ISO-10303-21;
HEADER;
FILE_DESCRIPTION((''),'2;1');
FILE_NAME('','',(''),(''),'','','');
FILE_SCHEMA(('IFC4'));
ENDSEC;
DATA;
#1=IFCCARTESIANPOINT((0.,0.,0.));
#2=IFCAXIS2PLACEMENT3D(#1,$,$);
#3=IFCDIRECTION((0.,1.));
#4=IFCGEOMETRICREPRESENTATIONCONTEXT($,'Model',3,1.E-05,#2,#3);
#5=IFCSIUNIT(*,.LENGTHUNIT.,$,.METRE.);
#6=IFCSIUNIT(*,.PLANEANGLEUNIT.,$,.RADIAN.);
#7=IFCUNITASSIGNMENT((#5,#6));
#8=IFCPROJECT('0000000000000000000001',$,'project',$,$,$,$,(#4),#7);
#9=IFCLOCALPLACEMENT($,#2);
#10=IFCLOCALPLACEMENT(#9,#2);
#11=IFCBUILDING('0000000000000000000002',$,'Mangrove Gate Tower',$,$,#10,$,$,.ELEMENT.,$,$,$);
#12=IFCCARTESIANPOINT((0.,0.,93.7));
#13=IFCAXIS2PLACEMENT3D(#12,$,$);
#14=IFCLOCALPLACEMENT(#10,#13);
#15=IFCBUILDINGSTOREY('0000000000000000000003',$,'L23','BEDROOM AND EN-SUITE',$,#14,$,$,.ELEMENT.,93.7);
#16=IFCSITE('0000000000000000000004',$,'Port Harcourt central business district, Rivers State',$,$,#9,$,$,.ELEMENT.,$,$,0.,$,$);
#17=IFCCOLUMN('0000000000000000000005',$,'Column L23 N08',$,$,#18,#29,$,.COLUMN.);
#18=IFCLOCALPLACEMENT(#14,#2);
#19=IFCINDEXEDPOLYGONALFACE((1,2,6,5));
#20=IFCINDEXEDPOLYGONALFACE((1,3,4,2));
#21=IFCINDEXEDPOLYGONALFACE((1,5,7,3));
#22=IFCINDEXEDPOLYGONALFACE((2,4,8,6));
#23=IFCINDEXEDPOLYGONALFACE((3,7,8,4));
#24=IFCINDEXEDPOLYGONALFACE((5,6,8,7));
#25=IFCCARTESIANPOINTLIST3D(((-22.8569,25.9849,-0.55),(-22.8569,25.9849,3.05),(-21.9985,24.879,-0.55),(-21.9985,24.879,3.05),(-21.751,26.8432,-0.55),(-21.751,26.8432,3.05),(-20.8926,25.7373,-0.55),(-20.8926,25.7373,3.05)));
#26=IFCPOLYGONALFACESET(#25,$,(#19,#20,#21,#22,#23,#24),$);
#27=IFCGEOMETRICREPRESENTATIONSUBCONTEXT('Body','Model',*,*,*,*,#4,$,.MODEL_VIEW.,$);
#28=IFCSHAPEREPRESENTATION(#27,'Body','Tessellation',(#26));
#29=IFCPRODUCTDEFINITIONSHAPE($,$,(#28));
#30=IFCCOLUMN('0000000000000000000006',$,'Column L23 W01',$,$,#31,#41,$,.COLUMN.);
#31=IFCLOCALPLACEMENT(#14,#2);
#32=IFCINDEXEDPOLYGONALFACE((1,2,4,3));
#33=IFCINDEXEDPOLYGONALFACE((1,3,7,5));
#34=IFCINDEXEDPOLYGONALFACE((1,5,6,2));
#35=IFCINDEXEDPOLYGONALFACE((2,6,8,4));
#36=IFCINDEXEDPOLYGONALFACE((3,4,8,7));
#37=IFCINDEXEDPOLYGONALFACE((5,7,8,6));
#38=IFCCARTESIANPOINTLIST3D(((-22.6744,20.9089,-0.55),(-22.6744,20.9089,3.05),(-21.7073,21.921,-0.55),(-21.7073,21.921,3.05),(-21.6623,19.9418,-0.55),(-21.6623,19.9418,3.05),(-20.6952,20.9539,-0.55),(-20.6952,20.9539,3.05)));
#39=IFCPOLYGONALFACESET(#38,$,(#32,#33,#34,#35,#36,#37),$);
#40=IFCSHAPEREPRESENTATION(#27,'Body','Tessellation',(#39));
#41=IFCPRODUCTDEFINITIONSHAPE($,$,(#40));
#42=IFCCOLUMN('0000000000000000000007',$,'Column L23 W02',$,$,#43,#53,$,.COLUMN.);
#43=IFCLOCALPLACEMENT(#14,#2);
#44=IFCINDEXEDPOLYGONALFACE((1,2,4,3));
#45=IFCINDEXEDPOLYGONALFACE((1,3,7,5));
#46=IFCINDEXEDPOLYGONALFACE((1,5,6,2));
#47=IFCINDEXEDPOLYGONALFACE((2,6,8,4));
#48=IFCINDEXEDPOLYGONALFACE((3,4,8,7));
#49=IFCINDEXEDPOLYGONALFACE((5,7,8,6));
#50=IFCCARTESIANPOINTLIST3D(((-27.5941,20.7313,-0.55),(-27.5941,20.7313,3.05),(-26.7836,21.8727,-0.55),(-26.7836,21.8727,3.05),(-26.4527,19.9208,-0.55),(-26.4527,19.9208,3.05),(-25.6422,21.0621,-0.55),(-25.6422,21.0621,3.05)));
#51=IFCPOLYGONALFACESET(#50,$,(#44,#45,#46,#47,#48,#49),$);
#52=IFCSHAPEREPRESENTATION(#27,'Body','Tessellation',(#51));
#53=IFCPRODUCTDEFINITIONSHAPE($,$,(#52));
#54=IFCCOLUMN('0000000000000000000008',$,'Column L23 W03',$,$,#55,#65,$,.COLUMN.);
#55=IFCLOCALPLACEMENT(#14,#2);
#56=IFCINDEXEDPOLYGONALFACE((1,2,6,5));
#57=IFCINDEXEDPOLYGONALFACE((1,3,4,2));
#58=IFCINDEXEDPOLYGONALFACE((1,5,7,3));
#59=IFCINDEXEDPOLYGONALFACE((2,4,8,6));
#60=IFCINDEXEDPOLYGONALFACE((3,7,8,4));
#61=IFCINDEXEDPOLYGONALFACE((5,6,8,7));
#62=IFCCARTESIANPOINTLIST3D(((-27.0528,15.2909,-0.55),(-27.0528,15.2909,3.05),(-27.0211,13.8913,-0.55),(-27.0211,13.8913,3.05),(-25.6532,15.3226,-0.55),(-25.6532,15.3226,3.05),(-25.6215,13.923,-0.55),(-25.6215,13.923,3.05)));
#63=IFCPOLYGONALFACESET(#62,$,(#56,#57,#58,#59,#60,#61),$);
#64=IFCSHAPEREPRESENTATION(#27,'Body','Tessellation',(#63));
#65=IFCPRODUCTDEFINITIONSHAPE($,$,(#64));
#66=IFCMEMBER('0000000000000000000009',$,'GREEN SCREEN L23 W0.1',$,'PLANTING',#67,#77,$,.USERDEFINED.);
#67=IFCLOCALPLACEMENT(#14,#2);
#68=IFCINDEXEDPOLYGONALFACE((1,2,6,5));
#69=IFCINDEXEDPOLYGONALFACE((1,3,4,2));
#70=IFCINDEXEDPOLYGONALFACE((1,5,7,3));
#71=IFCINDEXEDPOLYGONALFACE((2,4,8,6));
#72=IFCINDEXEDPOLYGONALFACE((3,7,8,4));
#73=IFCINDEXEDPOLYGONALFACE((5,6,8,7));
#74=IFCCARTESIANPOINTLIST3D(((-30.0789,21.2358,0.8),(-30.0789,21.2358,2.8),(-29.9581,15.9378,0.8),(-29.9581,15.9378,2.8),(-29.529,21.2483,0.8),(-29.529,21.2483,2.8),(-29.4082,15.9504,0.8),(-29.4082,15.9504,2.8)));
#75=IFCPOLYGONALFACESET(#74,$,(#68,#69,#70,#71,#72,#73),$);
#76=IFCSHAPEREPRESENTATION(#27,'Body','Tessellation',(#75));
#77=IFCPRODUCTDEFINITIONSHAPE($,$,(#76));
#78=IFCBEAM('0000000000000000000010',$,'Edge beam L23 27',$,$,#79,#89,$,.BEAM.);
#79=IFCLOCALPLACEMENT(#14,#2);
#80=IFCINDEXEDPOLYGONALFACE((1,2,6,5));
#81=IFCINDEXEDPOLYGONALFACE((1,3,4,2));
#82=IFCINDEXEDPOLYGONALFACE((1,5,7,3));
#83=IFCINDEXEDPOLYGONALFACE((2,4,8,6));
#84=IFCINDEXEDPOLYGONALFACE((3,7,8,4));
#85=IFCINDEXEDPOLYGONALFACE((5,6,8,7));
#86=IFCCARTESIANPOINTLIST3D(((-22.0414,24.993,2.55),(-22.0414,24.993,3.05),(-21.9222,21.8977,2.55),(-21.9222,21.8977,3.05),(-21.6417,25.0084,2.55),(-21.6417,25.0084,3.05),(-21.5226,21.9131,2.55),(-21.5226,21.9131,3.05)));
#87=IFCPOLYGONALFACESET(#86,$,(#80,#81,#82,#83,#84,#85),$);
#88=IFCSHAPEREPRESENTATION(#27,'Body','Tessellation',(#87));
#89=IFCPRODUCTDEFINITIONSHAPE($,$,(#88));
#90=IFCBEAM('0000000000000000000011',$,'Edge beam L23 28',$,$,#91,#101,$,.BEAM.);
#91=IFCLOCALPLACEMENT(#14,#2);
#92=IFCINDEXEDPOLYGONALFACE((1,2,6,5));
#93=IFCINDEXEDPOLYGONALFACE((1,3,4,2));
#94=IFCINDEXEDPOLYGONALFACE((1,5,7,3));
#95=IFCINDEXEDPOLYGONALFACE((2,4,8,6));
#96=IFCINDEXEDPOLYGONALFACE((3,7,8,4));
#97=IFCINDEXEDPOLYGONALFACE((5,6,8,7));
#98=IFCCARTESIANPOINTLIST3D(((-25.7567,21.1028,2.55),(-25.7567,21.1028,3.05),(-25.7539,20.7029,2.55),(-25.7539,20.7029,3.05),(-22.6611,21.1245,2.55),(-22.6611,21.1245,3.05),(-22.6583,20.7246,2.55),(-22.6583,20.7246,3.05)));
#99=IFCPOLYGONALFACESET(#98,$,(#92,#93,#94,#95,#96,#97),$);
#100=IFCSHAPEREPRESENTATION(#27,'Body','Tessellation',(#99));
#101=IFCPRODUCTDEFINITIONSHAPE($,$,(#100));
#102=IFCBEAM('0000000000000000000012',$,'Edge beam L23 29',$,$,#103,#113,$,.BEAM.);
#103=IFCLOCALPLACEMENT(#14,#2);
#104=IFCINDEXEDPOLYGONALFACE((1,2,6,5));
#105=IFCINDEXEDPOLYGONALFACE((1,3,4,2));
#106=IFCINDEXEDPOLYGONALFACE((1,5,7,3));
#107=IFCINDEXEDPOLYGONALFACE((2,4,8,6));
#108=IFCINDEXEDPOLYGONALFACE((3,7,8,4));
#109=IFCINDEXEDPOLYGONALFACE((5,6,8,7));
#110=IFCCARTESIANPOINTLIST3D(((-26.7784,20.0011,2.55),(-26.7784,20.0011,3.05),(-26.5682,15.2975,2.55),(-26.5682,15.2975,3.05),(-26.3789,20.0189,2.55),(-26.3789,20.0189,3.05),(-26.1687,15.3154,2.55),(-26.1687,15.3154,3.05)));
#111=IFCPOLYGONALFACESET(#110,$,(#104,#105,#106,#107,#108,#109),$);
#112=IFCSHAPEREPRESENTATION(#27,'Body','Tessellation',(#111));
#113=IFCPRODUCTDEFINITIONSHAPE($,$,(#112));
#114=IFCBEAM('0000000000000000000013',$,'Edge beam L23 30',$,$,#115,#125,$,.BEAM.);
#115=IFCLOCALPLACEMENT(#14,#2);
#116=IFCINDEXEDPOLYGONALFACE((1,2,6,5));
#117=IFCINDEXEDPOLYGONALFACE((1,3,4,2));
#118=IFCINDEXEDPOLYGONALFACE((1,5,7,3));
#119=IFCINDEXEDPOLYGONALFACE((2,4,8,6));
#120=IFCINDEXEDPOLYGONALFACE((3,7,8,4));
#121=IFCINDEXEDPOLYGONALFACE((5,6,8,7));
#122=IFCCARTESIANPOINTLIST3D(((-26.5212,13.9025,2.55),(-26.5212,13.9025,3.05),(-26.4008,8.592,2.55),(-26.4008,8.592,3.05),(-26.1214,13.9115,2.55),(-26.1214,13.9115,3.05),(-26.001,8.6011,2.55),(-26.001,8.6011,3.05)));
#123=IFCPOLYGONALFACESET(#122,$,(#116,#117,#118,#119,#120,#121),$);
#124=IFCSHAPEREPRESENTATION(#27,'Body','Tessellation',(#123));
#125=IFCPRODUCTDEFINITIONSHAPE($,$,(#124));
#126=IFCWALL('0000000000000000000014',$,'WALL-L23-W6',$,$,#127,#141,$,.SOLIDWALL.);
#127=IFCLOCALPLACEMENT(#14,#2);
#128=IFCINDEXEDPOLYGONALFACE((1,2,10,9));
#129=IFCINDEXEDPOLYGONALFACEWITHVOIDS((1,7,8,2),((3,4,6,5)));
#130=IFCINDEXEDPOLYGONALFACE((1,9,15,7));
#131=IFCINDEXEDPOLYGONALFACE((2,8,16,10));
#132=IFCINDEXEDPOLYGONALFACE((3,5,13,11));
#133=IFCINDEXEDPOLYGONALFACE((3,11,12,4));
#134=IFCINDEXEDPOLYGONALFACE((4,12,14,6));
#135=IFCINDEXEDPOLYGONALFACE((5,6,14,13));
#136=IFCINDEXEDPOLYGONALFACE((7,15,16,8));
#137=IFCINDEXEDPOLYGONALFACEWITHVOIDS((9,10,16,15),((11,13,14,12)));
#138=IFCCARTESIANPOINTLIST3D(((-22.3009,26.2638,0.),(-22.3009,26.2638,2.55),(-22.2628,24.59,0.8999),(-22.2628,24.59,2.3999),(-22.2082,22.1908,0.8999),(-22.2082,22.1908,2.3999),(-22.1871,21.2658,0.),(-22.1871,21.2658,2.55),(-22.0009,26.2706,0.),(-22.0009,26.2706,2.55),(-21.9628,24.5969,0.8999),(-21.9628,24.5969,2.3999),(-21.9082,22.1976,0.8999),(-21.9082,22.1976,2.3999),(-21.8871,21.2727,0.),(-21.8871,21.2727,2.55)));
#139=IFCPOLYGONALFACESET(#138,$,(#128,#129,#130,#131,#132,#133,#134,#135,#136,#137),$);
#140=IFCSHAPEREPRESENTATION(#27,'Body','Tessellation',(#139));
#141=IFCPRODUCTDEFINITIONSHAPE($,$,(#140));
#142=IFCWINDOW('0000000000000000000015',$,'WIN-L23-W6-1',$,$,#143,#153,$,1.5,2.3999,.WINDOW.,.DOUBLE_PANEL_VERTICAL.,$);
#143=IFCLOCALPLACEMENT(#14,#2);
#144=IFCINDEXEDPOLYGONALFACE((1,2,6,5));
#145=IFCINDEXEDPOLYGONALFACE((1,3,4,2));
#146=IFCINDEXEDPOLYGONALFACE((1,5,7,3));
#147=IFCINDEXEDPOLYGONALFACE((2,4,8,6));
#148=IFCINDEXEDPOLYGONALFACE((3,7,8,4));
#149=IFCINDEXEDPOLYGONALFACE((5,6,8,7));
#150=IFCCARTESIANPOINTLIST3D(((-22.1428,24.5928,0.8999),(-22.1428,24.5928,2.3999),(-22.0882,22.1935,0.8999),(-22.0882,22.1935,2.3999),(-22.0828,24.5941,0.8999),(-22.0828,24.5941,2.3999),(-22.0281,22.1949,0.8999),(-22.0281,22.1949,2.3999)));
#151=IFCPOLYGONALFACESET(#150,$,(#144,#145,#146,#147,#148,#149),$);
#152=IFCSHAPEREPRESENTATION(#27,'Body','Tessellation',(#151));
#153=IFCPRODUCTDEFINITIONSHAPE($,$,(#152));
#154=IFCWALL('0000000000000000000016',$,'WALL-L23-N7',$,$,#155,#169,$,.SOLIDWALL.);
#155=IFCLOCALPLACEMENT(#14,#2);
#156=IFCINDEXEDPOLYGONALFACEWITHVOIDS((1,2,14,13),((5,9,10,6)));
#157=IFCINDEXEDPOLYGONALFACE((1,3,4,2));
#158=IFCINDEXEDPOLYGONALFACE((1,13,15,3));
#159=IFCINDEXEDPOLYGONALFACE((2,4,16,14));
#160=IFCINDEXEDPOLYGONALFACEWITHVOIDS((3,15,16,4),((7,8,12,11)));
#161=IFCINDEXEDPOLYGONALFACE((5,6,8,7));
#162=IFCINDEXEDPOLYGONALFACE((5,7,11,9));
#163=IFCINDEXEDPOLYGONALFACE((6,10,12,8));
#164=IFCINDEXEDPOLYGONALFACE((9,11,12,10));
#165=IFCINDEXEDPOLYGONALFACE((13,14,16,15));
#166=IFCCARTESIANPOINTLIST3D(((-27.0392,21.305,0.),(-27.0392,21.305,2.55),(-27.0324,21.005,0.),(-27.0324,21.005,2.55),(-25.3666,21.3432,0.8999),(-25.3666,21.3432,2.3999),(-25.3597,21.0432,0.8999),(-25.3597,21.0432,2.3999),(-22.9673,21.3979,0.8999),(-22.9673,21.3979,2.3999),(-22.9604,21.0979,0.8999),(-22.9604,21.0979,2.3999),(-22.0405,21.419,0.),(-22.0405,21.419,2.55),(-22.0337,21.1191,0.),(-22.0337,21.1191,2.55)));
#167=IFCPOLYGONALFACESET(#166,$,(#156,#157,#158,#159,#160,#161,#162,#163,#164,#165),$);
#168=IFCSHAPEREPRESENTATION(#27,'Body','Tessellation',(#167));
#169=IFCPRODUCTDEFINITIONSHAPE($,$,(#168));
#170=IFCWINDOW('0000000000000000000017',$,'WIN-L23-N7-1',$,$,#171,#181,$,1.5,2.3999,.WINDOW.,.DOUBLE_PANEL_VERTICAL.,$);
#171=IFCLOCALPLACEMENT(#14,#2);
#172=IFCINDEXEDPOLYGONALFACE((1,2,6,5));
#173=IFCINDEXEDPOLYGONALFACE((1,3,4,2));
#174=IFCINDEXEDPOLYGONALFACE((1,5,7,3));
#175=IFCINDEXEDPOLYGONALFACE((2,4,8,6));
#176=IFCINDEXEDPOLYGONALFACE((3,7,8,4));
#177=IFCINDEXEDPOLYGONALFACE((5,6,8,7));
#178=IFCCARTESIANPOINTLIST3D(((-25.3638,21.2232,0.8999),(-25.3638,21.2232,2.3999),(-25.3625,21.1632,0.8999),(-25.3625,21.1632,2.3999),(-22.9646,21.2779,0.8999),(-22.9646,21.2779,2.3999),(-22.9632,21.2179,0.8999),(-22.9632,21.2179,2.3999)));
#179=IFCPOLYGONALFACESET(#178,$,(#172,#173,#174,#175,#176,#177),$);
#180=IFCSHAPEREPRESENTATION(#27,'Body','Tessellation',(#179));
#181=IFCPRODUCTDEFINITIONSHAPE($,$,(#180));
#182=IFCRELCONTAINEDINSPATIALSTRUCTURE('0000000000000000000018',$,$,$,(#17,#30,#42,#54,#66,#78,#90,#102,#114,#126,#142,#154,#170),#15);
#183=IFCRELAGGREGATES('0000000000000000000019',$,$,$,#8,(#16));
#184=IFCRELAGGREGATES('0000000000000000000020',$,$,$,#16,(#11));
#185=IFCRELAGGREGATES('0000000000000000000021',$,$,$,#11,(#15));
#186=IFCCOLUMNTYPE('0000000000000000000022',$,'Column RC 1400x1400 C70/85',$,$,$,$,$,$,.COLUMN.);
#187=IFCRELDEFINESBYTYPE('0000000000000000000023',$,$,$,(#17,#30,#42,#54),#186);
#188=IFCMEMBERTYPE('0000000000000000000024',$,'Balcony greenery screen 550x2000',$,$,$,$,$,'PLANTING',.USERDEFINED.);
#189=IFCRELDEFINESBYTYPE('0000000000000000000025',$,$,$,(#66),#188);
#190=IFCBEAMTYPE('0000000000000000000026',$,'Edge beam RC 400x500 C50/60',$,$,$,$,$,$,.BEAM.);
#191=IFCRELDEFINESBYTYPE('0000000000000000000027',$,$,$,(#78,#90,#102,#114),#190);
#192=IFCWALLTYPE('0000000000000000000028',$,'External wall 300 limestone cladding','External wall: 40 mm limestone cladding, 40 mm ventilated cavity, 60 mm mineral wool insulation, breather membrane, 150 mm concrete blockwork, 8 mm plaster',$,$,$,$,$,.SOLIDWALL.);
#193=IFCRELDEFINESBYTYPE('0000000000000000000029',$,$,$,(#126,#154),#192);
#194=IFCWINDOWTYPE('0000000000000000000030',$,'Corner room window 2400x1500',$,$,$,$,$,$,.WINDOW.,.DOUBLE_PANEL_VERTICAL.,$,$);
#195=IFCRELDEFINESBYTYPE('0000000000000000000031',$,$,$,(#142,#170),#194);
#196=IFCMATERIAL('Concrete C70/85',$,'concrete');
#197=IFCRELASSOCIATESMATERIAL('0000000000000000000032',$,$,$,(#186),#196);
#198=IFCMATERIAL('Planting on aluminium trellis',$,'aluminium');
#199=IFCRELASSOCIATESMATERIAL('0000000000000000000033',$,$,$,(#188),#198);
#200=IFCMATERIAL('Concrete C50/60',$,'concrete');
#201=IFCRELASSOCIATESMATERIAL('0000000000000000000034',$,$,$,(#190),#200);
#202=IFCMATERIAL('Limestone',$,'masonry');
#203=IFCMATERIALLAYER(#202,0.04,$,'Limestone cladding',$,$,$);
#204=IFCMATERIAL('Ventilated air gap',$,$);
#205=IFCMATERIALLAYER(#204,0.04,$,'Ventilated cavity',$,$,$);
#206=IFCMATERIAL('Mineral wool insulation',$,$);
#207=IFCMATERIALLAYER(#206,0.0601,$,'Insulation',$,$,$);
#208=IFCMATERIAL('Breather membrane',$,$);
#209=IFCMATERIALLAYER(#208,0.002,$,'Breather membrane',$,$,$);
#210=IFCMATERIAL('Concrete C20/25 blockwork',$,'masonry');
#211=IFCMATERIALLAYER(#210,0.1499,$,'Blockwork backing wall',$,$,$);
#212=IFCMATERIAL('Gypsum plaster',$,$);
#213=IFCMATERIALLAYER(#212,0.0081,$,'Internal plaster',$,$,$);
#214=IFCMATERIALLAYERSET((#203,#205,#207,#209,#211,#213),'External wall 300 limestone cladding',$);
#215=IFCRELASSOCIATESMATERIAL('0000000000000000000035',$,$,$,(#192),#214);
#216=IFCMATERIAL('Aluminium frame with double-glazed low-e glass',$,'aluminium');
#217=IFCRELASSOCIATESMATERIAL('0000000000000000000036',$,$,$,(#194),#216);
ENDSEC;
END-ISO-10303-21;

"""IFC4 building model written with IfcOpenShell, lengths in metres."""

from ifc_helpers import new_model, si_unit, direction, frame, frame_2d, origin, origin_2d, place, context, subcontext, project, spatial, rectangle, extrude, material, layer, layer_set, material_profile, profile_set, type_object, element, fill, save


model = new_model("IFC4")

# Units and contexts
model_context = context("Model", 3, precision=1e-05, world=origin(), true_north=direction((0.0, 1.0)))
body_context = subcontext(model_context, "Body", "Model", "MODEL_VIEW")
ifc_project = project(units=[si_unit("LENGTHUNIT", "METRE"), si_unit("PLANEANGLEUNIT", "RADIAN")], contexts=[model_context])

# Site, building, storey
site_placement = place(None, origin())
site = spatial("IfcSite", under=ifc_project, at=site_placement, Name="Port Harcourt central business district, Rivers State", CompositionType="ELEMENT", RefElevation=0.0)
building_placement = place(site_placement, origin())
building = spatial("IfcBuilding", under=site, at=building_placement, Name="Mangrove Gate Tower", CompositionType="ELEMENT")
storey_placement = place(building_placement, frame((0.0, 0.0, 93.7)))
storey = spatial("IfcBuildingStorey", under=building, at=storey_placement, Name="L23", Description="BEDROOM AND EN-SUITE", CompositionType="ELEMENT", Elevation=93.7)

# Columns
ifc_material_1 = material(Name="Concrete C70/85", Category="concrete")
ifc_material_profile_1 = material_profile(ifc_material_1, rectangle(XDim=1.3999, YDim=1.3999, at=origin_2d()))
ifc_profile_set_1 = profile_set([ifc_material_profile_1], Name="Concrete C70/85")
column_type = type_object("IfcColumnType", Name="Column RC 1400x1400 C70/85", PredefinedType="COLUMN", material=ifc_profile_set_1)
for number, where, z_axis, x_axis, name in (
    (1, (-21.8748, 25.8611, -0.55), (0.0, 0.0, 1.0), (-0.78998, -0.613133, 0.0), "Column L23 N08"),
    (2, (-21.6848, 20.9314, -0.55), (0.0, 0.0, 1.0), (-0.690873, -0.722977, 0.0), "Column L23 W01"),
    (3, (-26.6182, 20.8967, -0.55), (0.0, 0.0, 1.0), (-0.578998, -0.815329, 0.0), "Column L23 W02"),
    (4, (-26.3372, 14.6069, -0.55), (0.0, 0.0, 1.0), (0.022645, -0.999744, 0.0), "Column L23 W03"),
):
    element("IfcColumn", number, at=place(storey_placement, frame(where, z_axis=z_axis, x_axis=x_axis)), inside=storey, type_object=column_type, Name=name, PredefinedType="COLUMN", context=body_context, shape_type="SweptSolid", body=[
        extrude(rectangle(XDim=1.3999, YDim=1.3999, at=origin_2d()), origin(), (0.0, 0.0, 1.0), 3.6001),
    ])

# Member
ifc_material_2 = material(Name="Planting on aluminium trellis", Category="aluminium")
ifc_material_profile_2 = material_profile(ifc_material_2, rectangle(XDim=0.55, YDim=2.0, at=origin_2d()))
ifc_profile_set_2 = profile_set([ifc_material_profile_2], Name="Planting on aluminium trellis")
member_type = type_object("IfcMemberType", Name="Balcony greenery screen 550x2000", ElementType="PLANTING", PredefinedType="USERDEFINED", material=ifc_profile_set_2)
member_placement = place(storey_placement, frame((-29.6831, 15.9441, 1.8), z_axis=(-0.022805, 0.99974, 0.0), x_axis=(-0.99974, -0.022805, 0.0)))
element("IfcMember", 5, at=member_placement, inside=storey, type_object=member_type, Name="GREEN SCREEN L23 W0.1", ObjectType="PLANTING", PredefinedType="USERDEFINED", context=body_context, shape_type="SweptSolid", body=[
    extrude(rectangle(XDim=0.55, YDim=2.0, at=origin_2d()), origin(), (0.0, 0.0, 1.0), 5.2993),
])

# Beams
ifc_material_3 = material(Name="Concrete C50/60", Category="concrete")
ifc_material_profile_3 = material_profile(ifc_material_3, rectangle(XDim=0.3999, YDim=0.5, at=origin_2d()))
ifc_profile_set_3 = profile_set([ifc_material_profile_3], Name="Concrete C50/60")
beam_type = type_object("IfcBeamType", Name="Edge beam RC 400x500 C50/60", PredefinedType="BEAM", material=ifc_profile_set_3)
beam_1_placement = place(storey_placement, frame((-21.8416, 25.0007, 2.8), z_axis=(0.03846, -0.99926, 0.0), x_axis=(0.99926, 0.03846, 0.0)))
element("IfcBeam", 6, at=beam_1_placement, inside=storey, type_object=beam_type, Name="Edge beam L23 27", PredefinedType="BEAM", context=body_context, shape_type="SweptSolid", body=[
    extrude(rectangle(XDim=0.3999, YDim=0.5, at=origin_2d()), origin(), (0.0, 0.0, 1.0), 3.0977),
])
beam_2_placement = place(storey_placement, frame((-22.6597, 20.9246, 2.8), z_axis=(-0.999975, -0.007019, 0.0), x_axis=(0.007019, -0.999975, 0.0)))
element("IfcBeam", 7, at=beam_2_placement, inside=storey, type_object=beam_type, Name="Edge beam L23 28", PredefinedType="BEAM", context=body_context, shape_type="SweptSolid", body=[
    extrude(rectangle(XDim=0.3999, YDim=0.5, at=origin_2d()), origin(), (0.0, 0.0, 1.0), 3.0957),
])
beam_3_placement = place(storey_placement, frame((-26.5786, 20.01, 2.8), z_axis=(0.044646, -0.999003, 0.0), x_axis=(0.999003, 0.044646, 0.0)))
element("IfcBeam", 8, at=beam_3_placement, inside=storey, type_object=beam_type, Name="Edge beam L23 29", PredefinedType="BEAM", context=body_context, shape_type="SweptSolid", body=[
    extrude(rectangle(XDim=0.3999, YDim=0.5, at=origin_2d()), origin(), (0.0, 0.0, 1.0), 4.7083),
])
beam_4_placement = place(storey_placement, frame((-26.3213, 13.907, 2.8), z_axis=(0.02266, -0.999743, 0.0), x_axis=(0.999743, 0.02266, 0.0)))
element("IfcBeam", 9, at=beam_4_placement, inside=storey, type_object=beam_type, Name="Edge beam L23 30", PredefinedType="BEAM", context=body_context, shape_type="SweptSolid", body=[
    extrude(rectangle(XDim=0.3999, YDim=0.5, at=origin_2d()), origin(), (0.0, 0.0, 1.0), 5.3118),
])

# Walls, openings, windows
ifc_material_4 = material(Name="Limestone", Category="masonry")
ifc_layer_1 = layer(ifc_material_4, 0.04, Name="Limestone cladding")
ifc_material_5 = material(Name="Ventilated air gap")
ifc_layer_2 = layer(ifc_material_5, 0.04, Name="Ventilated cavity")
ifc_material_6 = material(Name="Mineral wool insulation")
ifc_layer_3 = layer(ifc_material_6, 0.0601, Name="Insulation")
ifc_material_7 = material(Name="Breather membrane")
ifc_layer_4 = layer(ifc_material_7, 0.002, Name="Breather membrane")
ifc_material_8 = material(Name="Concrete C20/25 blockwork", Category="masonry")
ifc_layer_5 = layer(ifc_material_8, 0.1499, Name="Blockwork backing wall")
ifc_material_9 = material(Name="Gypsum plaster")
ifc_layer_6 = layer(ifc_material_9, 0.0081, Name="Internal plaster")
ifc_layer_set_1 = layer_set([ifc_layer_1, ifc_layer_2, ifc_layer_3, ifc_layer_4, ifc_layer_5, ifc_layer_6], Name="External wall 300 limestone cladding")
wall_type_1 = type_object("IfcWallType", Name="External wall 300 limestone cladding", Description="External wall: 40 mm limestone cladding, 40 mm ventilated cavity, 60 mm mineral wool insulation, breather membrane, 150 mm concrete blockwork, 8 mm plaster", PredefinedType="SOLIDWALL", material=ifc_layer_set_1)
wall_1_placement = place(storey_placement, frame((-22.1509, 26.2671, 0.0), z_axis=(0.0, 0.0, 1.0), x_axis=(0.022757, -0.999741, 0.0)))
wall_1 = element("IfcWall", 10, at=wall_1_placement, inside=storey, type_object=wall_type_1, Name="WALL-L23-W6", PredefinedType="SOLIDWALL", context=body_context, shape_type="SweptSolid", body=[
    extrude(rectangle(XDim=4.9993, YDim=0.3, at=frame_2d((2.4995, 0.0))), origin(), (0.0, 0.0, 1.0), 2.55),
])
opening_1_placement = place(wall_1_placement, frame((1.6741, 0.0, 0.8999)))
opening_1 = element("IfcOpeningElement", 11, at=opening_1_placement, cuts=wall_1, PredefinedType="OPENING", context=body_context, shape_type="SweptSolid", body=[
    extrude(rectangle(XDim=2.3999, YDim=1.5, at=frame_2d((1.2, 0.75))), frame((0.0, 0.1599, 0.0), z_axis=(0.0, -1.0, 0.0), x_axis=(1.0, 0.0, 0.0)), (0.0, 0.0, 1.0), 0.3201),
])
ifc_material_10 = material(Name="Aluminium frame with double-glazed low-e glass", Category="aluminium")
window_type = type_object("IfcWindowType", Name="Corner room window 2400x1500", PartitioningType="DOUBLE_PANEL_VERTICAL", PredefinedType="WINDOW", material=ifc_material_10)
window_1_placement = place(opening_1_placement, origin())
window_1 = element("IfcWindow", 12, at=window_1_placement, inside=storey, type_object=window_type, Name="WIN-L23-W6-1", OverallHeight=1.5, OverallWidth=2.3999, PartitioningType="DOUBLE_PANEL_VERTICAL", PredefinedType="WINDOW", context=body_context, shape_type="SweptSolid", body=[
    extrude(rectangle(XDim=2.3999, YDim=1.5, at=frame_2d((1.2, 0.75))), frame((0.0, 0.03, 0.0), z_axis=(0.0, -1.0, 0.0), x_axis=(1.0, 0.0, 0.0)), (0.0, 0.0, 1.0), 0.0601),
])
fill(opening_1, window_1)
wall_2_placement = place(storey_placement, frame((-22.0371, 21.269, 0.0), z_axis=(0.0, 0.0, 1.0), x_axis=(-0.99974, -0.022802, 0.0)))
wall_2 = element("IfcWall", 13, at=wall_2_placement, inside=storey, type_object=wall_type_1, Name="WALL-L23-N7", PredefinedType="SOLIDWALL", context=body_context, shape_type="SweptSolid", body=[
    extrude(rectangle(XDim=5.0, YDim=0.3, at=frame_2d((2.5, 0.0))), origin(), (0.0, 0.0, 1.0), 2.55),
])
opening_2_placement = place(wall_2_placement, frame((0.927, 0.0, 0.8999)))
opening_2 = element("IfcOpeningElement", 14, at=opening_2_placement, cuts=wall_2, PredefinedType="OPENING", context=body_context, shape_type="SweptSolid", body=[
    extrude(rectangle(XDim=2.3999, YDim=1.5, at=frame_2d((1.2, 0.75))), frame((0.0, 0.1599, 0.0), z_axis=(0.0, -1.0, 0.0), x_axis=(1.0, 0.0, 0.0)), (0.0, 0.0, 1.0), 0.3201),
])
window_2_placement = place(opening_2_placement, origin())
window_2 = element("IfcWindow", 15, at=window_2_placement, inside=storey, type_object=window_type, Name="WIN-L23-N7-1", OverallHeight=1.5, OverallWidth=2.3999, PartitioningType="DOUBLE_PANEL_VERTICAL", PredefinedType="WINDOW", context=body_context, shape_type="SweptSolid", body=[
    extrude(rectangle(XDim=2.3999, YDim=1.5, at=frame_2d((1.2, 0.75))), frame((0.0, 0.03, 0.0), z_axis=(0.0, -1.0, 0.0), x_axis=(1.0, 0.0, 0.0)), (0.0, 0.0, 1.0), 0.0601),
])
fill(opening_2, window_2)

save(model, "model.ifc")
